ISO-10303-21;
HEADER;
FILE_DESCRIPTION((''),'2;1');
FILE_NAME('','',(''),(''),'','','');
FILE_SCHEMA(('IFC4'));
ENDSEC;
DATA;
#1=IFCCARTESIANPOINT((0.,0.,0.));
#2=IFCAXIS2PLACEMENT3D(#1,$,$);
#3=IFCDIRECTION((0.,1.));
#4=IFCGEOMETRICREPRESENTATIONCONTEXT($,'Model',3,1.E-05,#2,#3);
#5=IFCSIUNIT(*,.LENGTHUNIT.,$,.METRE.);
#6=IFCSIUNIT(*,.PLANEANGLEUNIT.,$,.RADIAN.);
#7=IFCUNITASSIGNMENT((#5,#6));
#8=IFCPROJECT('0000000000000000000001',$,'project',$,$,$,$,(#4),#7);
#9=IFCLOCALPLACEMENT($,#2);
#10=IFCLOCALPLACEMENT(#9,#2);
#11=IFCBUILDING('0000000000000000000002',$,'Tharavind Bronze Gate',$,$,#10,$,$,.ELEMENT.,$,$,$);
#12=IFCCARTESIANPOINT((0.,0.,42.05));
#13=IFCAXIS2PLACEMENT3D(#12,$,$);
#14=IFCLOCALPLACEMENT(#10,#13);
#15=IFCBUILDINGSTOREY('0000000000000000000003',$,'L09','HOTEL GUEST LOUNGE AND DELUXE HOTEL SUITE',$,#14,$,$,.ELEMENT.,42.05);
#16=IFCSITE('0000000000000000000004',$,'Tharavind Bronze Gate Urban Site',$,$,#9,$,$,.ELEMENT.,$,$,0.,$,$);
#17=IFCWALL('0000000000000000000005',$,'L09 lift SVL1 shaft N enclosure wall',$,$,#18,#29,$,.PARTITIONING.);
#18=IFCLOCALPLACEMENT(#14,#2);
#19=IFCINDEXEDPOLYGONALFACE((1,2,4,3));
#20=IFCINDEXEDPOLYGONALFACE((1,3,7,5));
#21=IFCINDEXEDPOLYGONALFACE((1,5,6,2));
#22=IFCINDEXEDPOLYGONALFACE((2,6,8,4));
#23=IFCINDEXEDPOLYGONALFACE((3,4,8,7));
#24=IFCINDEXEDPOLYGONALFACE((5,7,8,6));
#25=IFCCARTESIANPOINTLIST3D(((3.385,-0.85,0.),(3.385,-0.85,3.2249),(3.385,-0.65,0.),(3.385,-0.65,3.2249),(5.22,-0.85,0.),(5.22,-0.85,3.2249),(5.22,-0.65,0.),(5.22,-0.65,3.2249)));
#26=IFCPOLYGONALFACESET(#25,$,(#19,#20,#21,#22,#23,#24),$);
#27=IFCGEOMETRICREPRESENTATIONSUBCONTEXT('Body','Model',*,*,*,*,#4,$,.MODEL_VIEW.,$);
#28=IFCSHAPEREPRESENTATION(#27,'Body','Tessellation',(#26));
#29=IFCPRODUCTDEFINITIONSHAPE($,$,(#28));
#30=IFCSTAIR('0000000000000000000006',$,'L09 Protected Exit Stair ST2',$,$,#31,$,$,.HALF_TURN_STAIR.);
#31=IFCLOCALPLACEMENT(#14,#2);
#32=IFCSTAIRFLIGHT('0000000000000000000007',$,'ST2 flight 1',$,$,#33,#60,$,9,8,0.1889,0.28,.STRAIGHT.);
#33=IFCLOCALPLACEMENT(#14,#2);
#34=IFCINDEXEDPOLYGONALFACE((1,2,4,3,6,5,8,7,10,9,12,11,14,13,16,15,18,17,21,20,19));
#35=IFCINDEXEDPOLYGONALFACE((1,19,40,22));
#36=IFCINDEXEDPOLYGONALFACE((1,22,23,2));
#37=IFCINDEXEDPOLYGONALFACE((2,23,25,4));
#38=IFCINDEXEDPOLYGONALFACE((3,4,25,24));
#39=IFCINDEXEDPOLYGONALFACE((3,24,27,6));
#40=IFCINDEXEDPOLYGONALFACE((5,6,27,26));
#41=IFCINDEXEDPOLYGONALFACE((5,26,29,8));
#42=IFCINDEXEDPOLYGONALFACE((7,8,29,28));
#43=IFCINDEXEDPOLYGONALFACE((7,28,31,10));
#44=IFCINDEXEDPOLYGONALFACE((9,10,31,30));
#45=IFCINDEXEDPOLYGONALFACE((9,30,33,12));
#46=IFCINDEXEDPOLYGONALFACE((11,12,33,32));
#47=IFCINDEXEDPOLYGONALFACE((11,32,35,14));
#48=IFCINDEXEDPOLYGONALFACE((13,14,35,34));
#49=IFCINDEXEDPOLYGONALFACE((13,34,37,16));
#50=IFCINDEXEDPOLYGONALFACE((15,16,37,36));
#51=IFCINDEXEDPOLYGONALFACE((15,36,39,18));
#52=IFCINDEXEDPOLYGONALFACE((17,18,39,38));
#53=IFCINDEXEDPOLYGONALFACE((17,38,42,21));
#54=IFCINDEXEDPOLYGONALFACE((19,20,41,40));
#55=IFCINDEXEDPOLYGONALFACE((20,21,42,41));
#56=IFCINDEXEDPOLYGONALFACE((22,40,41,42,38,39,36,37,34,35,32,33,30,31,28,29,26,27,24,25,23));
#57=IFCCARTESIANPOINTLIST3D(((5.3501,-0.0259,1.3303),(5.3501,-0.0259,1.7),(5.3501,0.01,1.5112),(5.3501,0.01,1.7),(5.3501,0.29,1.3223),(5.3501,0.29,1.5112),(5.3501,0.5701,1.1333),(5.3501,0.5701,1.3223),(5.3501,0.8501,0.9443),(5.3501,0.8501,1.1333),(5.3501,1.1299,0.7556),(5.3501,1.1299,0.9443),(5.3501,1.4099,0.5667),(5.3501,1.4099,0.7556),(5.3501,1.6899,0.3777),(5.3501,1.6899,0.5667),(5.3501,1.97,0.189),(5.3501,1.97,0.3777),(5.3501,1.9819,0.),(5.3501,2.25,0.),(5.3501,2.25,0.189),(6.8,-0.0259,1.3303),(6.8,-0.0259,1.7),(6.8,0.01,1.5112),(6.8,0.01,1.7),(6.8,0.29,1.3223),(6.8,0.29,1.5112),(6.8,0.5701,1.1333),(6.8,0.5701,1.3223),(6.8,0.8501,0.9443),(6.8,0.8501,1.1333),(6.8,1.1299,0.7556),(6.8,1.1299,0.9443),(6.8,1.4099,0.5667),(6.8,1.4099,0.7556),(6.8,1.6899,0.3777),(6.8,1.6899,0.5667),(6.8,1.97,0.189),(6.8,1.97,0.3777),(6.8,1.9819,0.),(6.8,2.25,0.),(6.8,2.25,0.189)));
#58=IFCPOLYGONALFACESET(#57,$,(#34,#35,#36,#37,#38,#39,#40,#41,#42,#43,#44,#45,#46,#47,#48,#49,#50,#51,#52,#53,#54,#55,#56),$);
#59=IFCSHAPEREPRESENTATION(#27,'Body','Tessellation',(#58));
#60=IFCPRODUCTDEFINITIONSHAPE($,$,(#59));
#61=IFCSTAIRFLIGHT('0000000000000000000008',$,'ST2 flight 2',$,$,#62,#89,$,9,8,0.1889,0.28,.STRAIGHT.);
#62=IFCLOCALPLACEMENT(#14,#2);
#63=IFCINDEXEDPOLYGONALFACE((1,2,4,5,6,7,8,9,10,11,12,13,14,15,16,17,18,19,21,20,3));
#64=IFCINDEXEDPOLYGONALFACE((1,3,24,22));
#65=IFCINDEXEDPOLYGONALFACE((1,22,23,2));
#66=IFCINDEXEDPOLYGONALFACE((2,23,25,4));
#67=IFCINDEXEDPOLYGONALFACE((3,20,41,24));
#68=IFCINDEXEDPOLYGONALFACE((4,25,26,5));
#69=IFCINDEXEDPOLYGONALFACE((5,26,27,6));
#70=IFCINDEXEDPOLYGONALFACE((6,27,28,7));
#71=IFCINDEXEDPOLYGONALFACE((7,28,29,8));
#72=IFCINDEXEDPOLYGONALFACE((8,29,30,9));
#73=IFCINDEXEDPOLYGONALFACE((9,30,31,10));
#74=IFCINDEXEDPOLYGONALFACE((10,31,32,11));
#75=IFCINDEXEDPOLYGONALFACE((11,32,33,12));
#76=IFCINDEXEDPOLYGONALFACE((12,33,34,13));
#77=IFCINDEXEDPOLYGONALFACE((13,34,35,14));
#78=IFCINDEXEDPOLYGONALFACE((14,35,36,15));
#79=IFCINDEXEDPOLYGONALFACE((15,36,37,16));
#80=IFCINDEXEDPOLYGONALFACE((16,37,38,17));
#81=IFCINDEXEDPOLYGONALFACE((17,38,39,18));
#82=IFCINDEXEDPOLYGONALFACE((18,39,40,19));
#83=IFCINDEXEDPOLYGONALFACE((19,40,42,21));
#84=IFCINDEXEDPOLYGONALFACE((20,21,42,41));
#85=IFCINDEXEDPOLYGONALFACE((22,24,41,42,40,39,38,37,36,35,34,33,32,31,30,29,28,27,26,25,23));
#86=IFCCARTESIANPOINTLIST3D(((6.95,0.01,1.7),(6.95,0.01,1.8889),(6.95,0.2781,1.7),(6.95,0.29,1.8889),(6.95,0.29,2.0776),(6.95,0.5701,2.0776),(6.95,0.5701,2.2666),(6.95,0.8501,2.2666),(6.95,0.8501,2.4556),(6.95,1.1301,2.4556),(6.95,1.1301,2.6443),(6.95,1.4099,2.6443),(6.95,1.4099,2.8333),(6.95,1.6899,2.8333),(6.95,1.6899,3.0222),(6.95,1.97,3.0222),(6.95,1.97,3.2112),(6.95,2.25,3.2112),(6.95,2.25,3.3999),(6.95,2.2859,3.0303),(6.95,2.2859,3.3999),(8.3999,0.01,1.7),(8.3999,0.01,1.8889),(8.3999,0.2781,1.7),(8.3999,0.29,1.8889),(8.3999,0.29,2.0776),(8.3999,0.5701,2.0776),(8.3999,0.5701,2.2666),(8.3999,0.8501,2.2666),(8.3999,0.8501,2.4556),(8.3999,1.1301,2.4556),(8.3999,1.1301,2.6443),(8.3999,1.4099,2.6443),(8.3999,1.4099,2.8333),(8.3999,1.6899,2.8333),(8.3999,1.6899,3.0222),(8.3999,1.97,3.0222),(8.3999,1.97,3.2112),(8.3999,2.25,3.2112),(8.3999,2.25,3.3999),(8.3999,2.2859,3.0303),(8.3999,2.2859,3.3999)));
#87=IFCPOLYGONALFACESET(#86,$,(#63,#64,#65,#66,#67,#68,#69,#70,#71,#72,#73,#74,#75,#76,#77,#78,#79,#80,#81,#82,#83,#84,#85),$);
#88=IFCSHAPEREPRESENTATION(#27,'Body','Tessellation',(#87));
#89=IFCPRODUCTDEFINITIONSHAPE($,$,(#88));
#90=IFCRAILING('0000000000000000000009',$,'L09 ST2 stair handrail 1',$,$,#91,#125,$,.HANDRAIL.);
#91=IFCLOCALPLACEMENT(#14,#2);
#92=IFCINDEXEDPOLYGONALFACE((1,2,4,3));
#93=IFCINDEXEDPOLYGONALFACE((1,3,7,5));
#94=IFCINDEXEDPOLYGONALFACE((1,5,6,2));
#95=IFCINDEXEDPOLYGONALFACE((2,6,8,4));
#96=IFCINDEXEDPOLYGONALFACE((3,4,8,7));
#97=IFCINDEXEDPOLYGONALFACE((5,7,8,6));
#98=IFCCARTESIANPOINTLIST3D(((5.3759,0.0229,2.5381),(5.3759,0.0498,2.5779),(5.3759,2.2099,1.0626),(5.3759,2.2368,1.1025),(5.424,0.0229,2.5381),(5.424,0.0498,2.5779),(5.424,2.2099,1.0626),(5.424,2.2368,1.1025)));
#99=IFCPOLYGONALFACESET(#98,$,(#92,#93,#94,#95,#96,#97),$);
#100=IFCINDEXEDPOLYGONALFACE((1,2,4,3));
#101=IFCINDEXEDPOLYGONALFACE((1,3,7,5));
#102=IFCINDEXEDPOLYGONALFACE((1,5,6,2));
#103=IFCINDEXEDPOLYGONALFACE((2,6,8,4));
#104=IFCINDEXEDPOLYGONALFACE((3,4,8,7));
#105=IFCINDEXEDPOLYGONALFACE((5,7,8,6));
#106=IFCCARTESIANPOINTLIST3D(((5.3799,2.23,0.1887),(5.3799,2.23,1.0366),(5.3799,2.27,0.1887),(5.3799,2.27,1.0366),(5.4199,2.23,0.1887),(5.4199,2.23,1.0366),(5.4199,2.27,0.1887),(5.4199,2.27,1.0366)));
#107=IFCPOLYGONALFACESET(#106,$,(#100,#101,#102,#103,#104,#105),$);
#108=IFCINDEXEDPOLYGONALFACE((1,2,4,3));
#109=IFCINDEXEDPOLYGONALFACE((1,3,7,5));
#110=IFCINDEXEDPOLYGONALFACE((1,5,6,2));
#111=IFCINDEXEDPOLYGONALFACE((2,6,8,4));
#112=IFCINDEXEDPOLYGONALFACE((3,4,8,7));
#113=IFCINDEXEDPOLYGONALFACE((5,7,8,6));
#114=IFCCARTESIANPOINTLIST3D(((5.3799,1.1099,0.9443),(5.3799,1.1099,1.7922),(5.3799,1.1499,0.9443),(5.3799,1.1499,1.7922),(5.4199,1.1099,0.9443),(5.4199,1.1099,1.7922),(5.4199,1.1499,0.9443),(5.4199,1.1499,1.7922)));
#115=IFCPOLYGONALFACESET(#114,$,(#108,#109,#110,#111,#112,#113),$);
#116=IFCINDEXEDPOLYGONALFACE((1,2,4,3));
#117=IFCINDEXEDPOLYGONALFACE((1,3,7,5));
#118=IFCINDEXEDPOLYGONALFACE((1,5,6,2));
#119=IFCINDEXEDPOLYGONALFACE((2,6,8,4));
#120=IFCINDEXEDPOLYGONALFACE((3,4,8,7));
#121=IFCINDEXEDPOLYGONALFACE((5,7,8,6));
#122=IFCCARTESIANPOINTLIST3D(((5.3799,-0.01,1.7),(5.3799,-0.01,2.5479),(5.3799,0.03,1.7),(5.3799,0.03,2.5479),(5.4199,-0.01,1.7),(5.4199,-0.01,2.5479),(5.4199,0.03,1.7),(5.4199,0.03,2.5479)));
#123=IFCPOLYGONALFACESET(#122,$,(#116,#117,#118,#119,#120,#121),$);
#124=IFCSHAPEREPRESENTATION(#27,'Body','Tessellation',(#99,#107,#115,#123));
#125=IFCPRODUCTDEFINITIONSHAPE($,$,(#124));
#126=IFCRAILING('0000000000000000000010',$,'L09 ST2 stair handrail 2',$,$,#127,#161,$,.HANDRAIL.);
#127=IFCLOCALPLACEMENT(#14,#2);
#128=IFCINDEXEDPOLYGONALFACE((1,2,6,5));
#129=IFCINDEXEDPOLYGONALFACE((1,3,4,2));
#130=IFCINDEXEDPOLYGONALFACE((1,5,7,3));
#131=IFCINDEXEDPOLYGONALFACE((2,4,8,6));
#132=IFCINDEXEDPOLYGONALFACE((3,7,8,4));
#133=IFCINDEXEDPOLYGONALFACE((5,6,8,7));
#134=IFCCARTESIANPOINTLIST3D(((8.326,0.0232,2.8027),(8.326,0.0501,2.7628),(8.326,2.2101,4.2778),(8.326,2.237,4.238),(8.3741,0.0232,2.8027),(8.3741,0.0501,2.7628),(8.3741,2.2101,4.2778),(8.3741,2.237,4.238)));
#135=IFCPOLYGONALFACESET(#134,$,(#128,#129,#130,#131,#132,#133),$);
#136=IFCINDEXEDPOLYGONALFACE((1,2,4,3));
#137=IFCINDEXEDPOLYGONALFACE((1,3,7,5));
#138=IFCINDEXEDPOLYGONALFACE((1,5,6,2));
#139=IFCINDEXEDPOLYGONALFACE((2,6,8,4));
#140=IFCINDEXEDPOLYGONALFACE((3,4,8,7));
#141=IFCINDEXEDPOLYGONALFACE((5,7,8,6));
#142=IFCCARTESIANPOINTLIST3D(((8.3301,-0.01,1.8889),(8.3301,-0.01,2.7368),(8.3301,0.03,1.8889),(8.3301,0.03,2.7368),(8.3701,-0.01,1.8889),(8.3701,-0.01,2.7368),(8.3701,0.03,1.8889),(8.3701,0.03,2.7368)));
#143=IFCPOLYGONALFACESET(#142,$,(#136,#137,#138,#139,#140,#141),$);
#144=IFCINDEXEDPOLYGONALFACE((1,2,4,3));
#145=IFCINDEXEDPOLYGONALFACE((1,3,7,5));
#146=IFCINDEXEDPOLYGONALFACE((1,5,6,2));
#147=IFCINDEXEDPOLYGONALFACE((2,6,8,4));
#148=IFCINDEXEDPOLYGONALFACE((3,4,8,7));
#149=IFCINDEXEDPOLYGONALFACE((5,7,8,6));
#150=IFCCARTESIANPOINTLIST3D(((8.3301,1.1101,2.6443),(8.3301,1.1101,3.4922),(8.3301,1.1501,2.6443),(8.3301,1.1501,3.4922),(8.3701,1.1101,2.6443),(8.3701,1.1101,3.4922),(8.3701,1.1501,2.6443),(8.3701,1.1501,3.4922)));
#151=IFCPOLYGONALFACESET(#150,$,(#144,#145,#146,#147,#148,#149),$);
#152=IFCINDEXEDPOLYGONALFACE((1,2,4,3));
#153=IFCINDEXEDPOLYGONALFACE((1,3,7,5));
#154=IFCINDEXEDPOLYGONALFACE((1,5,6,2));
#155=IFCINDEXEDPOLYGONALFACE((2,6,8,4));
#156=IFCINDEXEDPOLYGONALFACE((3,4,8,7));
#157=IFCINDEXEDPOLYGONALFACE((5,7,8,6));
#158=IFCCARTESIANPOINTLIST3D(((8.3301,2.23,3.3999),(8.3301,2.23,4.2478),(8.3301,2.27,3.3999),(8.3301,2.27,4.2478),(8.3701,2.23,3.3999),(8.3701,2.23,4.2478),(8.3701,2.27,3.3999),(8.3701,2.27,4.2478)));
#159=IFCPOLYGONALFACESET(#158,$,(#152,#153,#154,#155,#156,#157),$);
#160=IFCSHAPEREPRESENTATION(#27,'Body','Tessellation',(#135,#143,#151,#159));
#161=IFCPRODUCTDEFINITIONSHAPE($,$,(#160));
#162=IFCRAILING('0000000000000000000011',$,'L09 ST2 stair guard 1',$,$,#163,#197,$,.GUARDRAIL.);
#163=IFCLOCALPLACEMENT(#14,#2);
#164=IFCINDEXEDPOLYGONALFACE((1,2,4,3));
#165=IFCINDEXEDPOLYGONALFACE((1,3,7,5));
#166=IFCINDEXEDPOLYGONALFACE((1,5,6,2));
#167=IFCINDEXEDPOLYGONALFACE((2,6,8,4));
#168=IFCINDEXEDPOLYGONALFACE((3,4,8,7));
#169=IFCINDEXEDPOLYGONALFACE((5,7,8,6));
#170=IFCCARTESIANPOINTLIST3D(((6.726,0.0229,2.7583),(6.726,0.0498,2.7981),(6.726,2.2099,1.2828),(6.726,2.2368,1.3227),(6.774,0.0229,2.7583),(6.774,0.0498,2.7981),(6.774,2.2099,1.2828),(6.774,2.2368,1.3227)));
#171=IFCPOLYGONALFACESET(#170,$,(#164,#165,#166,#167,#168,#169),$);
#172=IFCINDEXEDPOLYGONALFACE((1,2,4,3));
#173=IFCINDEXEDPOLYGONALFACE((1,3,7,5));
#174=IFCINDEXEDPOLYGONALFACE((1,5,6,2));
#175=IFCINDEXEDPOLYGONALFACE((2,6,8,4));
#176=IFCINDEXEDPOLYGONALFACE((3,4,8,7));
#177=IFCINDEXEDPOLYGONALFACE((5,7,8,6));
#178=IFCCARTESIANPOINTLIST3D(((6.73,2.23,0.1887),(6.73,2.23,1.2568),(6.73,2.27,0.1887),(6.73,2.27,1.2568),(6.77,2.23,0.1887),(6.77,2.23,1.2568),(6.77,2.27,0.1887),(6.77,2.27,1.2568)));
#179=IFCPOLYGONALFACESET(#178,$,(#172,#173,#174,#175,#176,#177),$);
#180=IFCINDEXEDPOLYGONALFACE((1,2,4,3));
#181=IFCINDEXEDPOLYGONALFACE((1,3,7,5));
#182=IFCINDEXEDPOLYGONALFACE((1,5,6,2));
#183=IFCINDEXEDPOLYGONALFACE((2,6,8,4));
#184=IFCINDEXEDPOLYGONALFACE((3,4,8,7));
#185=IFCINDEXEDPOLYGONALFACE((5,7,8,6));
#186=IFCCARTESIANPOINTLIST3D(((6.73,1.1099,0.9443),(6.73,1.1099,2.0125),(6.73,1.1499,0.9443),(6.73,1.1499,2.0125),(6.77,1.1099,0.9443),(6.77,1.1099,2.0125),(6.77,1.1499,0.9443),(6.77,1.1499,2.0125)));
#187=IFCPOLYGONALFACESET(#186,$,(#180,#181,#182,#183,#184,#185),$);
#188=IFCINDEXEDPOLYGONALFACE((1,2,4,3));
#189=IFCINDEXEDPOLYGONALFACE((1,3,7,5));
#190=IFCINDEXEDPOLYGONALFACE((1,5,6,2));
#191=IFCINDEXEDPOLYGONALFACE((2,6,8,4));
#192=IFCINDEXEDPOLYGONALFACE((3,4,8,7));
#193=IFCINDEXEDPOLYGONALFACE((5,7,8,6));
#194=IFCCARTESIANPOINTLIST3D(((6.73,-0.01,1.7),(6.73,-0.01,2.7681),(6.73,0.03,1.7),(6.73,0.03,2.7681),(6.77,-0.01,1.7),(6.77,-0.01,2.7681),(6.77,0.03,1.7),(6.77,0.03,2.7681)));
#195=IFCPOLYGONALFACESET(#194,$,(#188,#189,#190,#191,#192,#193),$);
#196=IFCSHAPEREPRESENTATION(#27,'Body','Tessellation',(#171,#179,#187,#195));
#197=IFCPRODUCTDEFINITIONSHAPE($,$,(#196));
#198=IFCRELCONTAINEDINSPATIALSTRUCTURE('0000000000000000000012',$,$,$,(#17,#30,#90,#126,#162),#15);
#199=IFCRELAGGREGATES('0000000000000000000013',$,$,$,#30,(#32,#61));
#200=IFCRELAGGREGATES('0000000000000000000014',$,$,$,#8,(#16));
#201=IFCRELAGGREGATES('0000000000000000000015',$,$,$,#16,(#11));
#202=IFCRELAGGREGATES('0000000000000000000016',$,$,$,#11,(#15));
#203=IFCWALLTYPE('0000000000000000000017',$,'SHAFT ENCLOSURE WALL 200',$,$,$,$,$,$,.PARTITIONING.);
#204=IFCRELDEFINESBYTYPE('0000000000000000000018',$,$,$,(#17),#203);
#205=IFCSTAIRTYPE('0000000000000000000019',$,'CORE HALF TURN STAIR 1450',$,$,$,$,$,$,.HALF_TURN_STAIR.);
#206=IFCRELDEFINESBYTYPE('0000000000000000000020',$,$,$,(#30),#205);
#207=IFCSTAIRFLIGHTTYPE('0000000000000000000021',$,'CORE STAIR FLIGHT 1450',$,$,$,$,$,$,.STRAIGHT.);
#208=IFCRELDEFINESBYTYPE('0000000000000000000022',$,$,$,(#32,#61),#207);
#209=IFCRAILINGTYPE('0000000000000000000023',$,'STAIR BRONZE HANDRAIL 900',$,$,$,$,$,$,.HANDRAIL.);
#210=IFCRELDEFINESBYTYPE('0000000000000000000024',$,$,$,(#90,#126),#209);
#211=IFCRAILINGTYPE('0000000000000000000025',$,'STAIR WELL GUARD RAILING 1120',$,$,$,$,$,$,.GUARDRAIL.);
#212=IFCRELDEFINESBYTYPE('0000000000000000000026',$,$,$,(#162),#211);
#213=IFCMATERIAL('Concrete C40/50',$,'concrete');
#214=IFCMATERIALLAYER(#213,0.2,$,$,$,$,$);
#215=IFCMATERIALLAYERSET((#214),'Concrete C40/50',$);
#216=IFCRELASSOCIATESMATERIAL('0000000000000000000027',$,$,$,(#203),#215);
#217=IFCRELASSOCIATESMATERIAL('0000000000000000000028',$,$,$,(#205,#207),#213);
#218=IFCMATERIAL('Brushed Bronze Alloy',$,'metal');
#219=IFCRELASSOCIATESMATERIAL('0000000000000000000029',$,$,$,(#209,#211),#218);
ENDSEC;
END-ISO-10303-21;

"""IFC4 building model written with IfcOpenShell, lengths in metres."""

from ifc_helpers import new_model, si_unit, direction, frame, frame_2d, origin, origin_2d, place, context, subcontext, project, spatial, polyline, rectangle, outline, extrude, material, layer, layer_set, type_object, element, aggregate, save


model = new_model("IFC4")

# Units and contexts
model_context = context("Model", 3, precision=1e-05, world=origin(), true_north=direction((0.0, 1.0)))
body_context = subcontext(model_context, "Body", "Model", "MODEL_VIEW")
ifc_project = project(units=[si_unit("LENGTHUNIT", "METRE"), si_unit("PLANEANGLEUNIT", "RADIAN")], contexts=[model_context])

# Site, building, storey
site_placement = place(None, origin())
site = spatial("IfcSite", under=ifc_project, at=site_placement, Name="Tharavind Bronze Gate Urban Site", CompositionType="ELEMENT", RefElevation=0.0)
building_placement = place(site_placement, origin())
building = spatial("IfcBuilding", under=site, at=building_placement, Name="Tharavind Bronze Gate", CompositionType="ELEMENT")
storey_placement = place(building_placement, frame((0.0, 0.0, 42.05)))
storey = spatial("IfcBuildingStorey", under=building, at=storey_placement, Name="L09", Description="HOTEL GUEST LOUNGE AND DELUXE HOTEL SUITE", CompositionType="ELEMENT", Elevation=42.05)

# Wall
ifc_material_1 = material(Name="Concrete C40/50", Category="concrete")
ifc_layer_1 = layer(ifc_material_1, 0.2)
ifc_layer_set_1 = layer_set([ifc_layer_1], Name="Concrete C40/50")
wall_type_1 = type_object("IfcWallType", Name="SHAFT ENCLOSURE WALL 200", PredefinedType="PARTITIONING", material=ifc_layer_set_1)
for number, where, z_axis, x_axis, name in (
    (1, (3.385, -0.75, 0.0), (0.0, 0.0, 1.0), (1.0, 0.0, 0.0), "L09 lift SVL1 shaft N enclosure wall"),
):
    element("IfcWall", number, at=place(storey_placement, frame(where, z_axis=z_axis, x_axis=x_axis)), inside=storey, type_object=wall_type_1, Name=name, PredefinedType="PARTITIONING", context=body_context, shape_type="SweptSolid", body=[
        extrude(rectangle(XDim=1.835, YDim=0.2, at=frame_2d((0.9175, 0.0))), origin(), (0.0, 0.0, 1.0), 3.2249),
    ])

# Stair, stair flights
stair_type = type_object("IfcStairType", Name="CORE HALF TURN STAIR 1450", PredefinedType="HALF_TURN_STAIR", material=ifc_material_1)
stair_placement = place(storey_placement, origin())
stair = element("IfcStair", 2, at=stair_placement, inside=storey, type_object=stair_type, Name="L09 Protected Exit Stair ST2", PredefinedType="HALF_TURN_STAIR")
stair_flight_type = type_object("IfcStairFlightType", Name="CORE STAIR FLIGHT 1450", PredefinedType="STRAIGHT", material=ifc_material_1)
stair_flight_1_placement = place(storey_placement, frame((6.075, 2.25, 0.0), z_axis=(0.0, 0.0, 1.0), x_axis=(0.0, -1.0, 0.0)))
stair_flight_1 = element("IfcStairFlight", 3, at=stair_flight_1_placement, type_object=stair_flight_type, Name="ST2 flight 1", NumberOfRisers=9, NumberOfTreads=8, PredefinedType="STRAIGHT", RiserHeight=0.1889, TreadLength=0.28, context=body_context, shape_type="SweptSolid", body=[
    extrude(outline(polyline([(0.0, 0.0), (0.0, 0.189), (0.28, 0.189), (0.28, 0.3777), (0.5601, 0.3777), (0.5601, 0.5667), (0.8401, 0.5667), (0.8401, 0.7556), (1.1201, 0.7556), (1.1201, 0.9443), (1.3999, 0.9443), (1.3999, 1.1333), (1.6799, 1.1333), (1.6799, 1.3223), (1.96, 1.3223), (1.96, 1.5112), (2.24, 1.5112), (2.24, 1.7), (2.2759, 1.7), (2.2759, 1.3303), (0.2681, 0.0), (0.0, 0.0)])), frame((0.0, 0.7251, 0.0), z_axis=(0.0, -1.0, 0.0), x_axis=(1.0, 0.0, 0.0)), (0.0, 0.0, 1.0), 1.45),
])
stair_flight_2_placement = place(storey_placement, frame((7.675, 0.01, 1.7), z_axis=(0.0, 0.0, 1.0), x_axis=(0.0, 1.0, 0.0)))
stair_flight_2 = element("IfcStairFlight", 4, at=stair_flight_2_placement, type_object=stair_flight_type, Name="ST2 flight 2", NumberOfRisers=9, NumberOfTreads=8, PredefinedType="STRAIGHT", RiserHeight=0.1889, TreadLength=0.28, context=body_context, shape_type="SweptSolid", body=[
    extrude(outline(polyline([(0.0, 0.0), (0.0, 0.189), (0.28, 0.189), (0.28, 0.3777), (0.5601, 0.3777), (0.5601, 0.5667), (0.8401, 0.5667), (0.8401, 0.7556), (1.1201, 0.7556), (1.1201, 0.9443), (1.3999, 0.9443), (1.3999, 1.1333), (1.6799, 1.1333), (1.6799, 1.3223), (1.96, 1.3223), (1.96, 1.5112), (2.24, 1.5112), (2.24, 1.7), (2.2759, 1.7), (2.2759, 1.3303), (0.2681, 0.0), (0.0, 0.0)])), frame((0.0, 0.7251, 0.0), z_axis=(0.0, -1.0, 0.0), x_axis=(1.0, 0.0, 0.0)), (0.0, 0.0, 1.0), 1.45),
])
aggregate(stair, [stair_flight_1, stair_flight_2])

# Railings
ifc_material_2 = material(Name="Brushed Bronze Alloy", Category="metal")
railing_type_1 = type_object("IfcRailingType", Name="STAIR BRONZE HANDRAIL 900", PredefinedType="HANDRAIL", material=ifc_material_2)
railing_1_placement = place(storey_placement, frame((5.3999, 2.25, 0.1887)))
element("IfcRailing", 5, at=railing_1_placement, inside=storey, type_object=railing_type_1, Name="L09 ST2 stair handrail 1", PredefinedType="HANDRAIL", context=body_context, shape_type="SweptSolid", body=[
    extrude(rectangle(XDim=0.0481, YDim=0.0481, at=origin_2d()), frame((0.0, -0.0266, 0.8938), z_axis=(0.0, -0.82898, 0.559279), x_axis=(1.0, 0.0, 0.0)), (0.0, 0.0, 1.0), 2.6382),
    extrude(rectangle(XDim=0.04, YDim=0.04, at=origin_2d()), origin(), (0.0, 0.0, 1.0), 0.8479),
    extrude(rectangle(XDim=0.04, YDim=0.04, at=origin_2d()), frame((0.0, -1.1201, 0.7556)), (0.0, 0.0, 1.0), 0.8479),
    extrude(rectangle(XDim=0.04, YDim=0.04, at=origin_2d()), frame((0.0, -2.24, 1.5112)), (0.0, 0.0, 1.0), 0.8479),
])
railing_2_placement = place(storey_placement, frame((8.3501, 0.01, 1.8889)))
element("IfcRailing", 6, at=railing_2_placement, inside=storey, type_object=railing_type_1, Name="L09 ST2 stair handrail 2", PredefinedType="HANDRAIL", context=body_context, shape_type="SweptSolid", body=[
    extrude(rectangle(XDim=0.0481, YDim=0.0481, at=origin_2d()), frame((0.0, 0.0266, 0.8938), z_axis=(0.0, 0.829021, 0.559217), x_axis=(-1.0, 0.0, 0.0)), (0.0, 0.0, 1.0), 2.6379),
    extrude(rectangle(XDim=0.04, YDim=0.04, at=origin_2d()), origin(), (0.0, 0.0, 1.0), 0.8479),
    extrude(rectangle(XDim=0.04, YDim=0.04, at=origin_2d()), frame((0.0, 1.1201, 0.7554)), (0.0, 0.0, 1.0), 0.8479),
    extrude(rectangle(XDim=0.04, YDim=0.04, at=origin_2d()), frame((0.0, 2.24, 1.511)), (0.0, 0.0, 1.0), 0.8479),
])
railing_type_2 = type_object("IfcRailingType", Name="STAIR WELL GUARD RAILING 1120", PredefinedType="GUARDRAIL", material=ifc_material_2)
railing_3_placement = place(storey_placement, frame((6.75, 2.25, 0.1887)))
element("IfcRailing", 7, at=railing_3_placement, inside=storey, type_object=railing_type_2, Name="L09 ST2 stair guard 1", PredefinedType="GUARDRAIL", context=body_context, shape_type="SweptSolid", body=[
    extrude(rectangle(XDim=0.0481, YDim=0.0481, at=origin_2d()), frame((0.0, -0.0266, 1.114), z_axis=(0.0, -0.82898, 0.559279), x_axis=(1.0, 0.0, 0.0)), (0.0, 0.0, 1.0), 2.6382),
    extrude(rectangle(XDim=0.04, YDim=0.04, at=origin_2d()), origin(), (0.0, 0.0, 1.0), 1.0681),
    extrude(rectangle(XDim=0.04, YDim=0.04, at=origin_2d()), frame((0.0, -1.1201, 0.7556)), (0.0, 0.0, 1.0), 1.0681),
    extrude(rectangle(XDim=0.04, YDim=0.04, at=origin_2d()), frame((0.0, -2.24, 1.5112)), (0.0, 0.0, 1.0), 1.0681),
])

save(model, "model.ifc")
